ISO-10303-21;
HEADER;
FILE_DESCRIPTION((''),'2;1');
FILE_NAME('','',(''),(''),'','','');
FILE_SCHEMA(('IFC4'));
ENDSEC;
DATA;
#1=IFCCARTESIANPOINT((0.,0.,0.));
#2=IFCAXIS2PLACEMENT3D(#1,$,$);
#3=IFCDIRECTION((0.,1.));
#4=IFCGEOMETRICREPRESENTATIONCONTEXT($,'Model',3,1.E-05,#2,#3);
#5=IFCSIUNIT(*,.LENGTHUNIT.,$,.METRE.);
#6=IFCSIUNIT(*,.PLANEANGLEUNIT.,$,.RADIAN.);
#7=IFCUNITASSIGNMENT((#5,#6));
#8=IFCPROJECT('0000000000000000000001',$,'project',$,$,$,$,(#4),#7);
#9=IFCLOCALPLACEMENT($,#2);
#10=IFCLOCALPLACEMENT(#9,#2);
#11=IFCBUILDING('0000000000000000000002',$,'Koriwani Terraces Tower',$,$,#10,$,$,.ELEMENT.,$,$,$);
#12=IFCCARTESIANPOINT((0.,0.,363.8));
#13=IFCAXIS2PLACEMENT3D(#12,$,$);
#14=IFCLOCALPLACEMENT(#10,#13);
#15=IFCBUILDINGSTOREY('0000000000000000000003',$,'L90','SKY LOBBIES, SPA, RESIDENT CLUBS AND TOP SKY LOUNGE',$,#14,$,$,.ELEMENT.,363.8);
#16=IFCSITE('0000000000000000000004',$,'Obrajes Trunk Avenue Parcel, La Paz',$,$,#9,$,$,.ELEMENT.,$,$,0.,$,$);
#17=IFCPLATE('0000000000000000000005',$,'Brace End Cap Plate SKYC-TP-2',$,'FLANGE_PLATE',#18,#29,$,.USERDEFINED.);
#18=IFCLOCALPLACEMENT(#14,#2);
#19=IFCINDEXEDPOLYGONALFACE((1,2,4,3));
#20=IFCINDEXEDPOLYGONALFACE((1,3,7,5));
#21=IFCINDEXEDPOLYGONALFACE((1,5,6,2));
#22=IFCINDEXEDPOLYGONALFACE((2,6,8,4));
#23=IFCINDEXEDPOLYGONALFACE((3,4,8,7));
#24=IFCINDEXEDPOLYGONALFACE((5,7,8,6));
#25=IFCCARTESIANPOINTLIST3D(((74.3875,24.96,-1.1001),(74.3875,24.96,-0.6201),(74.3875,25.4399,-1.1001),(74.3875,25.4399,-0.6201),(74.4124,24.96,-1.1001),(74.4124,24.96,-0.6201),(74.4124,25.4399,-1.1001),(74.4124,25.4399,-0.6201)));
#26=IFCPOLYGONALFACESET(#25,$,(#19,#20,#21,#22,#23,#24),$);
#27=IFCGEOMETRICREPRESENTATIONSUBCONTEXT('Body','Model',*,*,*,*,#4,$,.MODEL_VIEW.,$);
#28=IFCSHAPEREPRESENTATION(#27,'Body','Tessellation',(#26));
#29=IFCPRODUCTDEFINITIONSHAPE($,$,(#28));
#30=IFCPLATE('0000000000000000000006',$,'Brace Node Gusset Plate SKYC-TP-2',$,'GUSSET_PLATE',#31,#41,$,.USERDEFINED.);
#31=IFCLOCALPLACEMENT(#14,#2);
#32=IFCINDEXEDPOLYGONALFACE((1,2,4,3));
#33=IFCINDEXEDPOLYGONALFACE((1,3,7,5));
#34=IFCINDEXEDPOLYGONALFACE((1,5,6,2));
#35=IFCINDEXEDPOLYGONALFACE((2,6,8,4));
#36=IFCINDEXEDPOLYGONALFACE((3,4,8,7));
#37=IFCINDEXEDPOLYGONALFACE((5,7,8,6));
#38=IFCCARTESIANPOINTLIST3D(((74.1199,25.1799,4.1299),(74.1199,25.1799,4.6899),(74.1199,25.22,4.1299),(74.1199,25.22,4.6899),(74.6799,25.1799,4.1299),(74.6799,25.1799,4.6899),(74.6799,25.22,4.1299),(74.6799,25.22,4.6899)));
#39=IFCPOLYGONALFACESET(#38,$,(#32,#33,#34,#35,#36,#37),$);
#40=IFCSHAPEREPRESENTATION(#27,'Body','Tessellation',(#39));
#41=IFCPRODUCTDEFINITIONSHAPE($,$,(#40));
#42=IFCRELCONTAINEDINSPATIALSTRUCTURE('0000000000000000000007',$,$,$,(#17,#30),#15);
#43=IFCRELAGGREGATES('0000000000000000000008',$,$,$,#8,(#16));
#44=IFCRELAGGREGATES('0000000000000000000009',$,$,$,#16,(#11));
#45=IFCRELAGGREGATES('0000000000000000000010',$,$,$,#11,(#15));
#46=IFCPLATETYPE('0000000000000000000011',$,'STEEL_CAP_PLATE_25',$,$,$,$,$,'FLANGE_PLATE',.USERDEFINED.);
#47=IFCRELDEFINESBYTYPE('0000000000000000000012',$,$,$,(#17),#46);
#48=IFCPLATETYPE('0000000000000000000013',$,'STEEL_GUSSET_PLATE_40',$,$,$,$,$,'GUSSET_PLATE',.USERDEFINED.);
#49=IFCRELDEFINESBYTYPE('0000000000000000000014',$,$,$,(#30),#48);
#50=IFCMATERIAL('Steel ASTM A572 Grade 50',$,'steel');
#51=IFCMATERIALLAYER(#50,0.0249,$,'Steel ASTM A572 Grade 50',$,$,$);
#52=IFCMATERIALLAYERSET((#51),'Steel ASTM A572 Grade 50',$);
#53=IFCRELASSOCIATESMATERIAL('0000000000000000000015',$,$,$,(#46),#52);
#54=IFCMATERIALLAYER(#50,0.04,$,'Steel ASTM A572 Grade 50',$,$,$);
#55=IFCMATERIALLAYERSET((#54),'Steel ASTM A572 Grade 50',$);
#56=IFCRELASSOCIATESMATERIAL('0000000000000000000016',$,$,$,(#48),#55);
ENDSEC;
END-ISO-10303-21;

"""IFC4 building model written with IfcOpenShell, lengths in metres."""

from ifc_helpers import new_model, si_unit, direction, frame, origin, origin_2d, place, context, subcontext, project, spatial, rectangle, extrude, material, layer, layer_set, type_object, element, save


model = new_model("IFC4")

# Units and contexts
model_context = context("Model", 3, precision=1e-05, world=origin(), true_north=direction((0.0, 1.0)))
body_context = subcontext(model_context, "Body", "Model", "MODEL_VIEW")
ifc_project = project(units=[si_unit("LENGTHUNIT", "METRE"), si_unit("PLANEANGLEUNIT", "RADIAN")], contexts=[model_context])

# Site, building, storey
site_placement = place(None, origin())
site = spatial("IfcSite", under=ifc_project, at=site_placement, Name="Obrajes Trunk Avenue Parcel, La Paz", CompositionType="ELEMENT", RefElevation=0.0)
building_placement = place(site_placement, origin())
building = spatial("IfcBuilding", under=site, at=building_placement, Name="Koriwani Terraces Tower", CompositionType="ELEMENT")
storey_placement = place(building_placement, frame((0.0, 0.0, 363.8)))
storey = spatial("IfcBuildingStorey", under=building, at=storey_placement, Name="L90", Description="SKY LOBBIES, SPA, RESIDENT CLUBS AND TOP SKY LOUNGE", CompositionType="ELEMENT", Elevation=363.8)

# Shared definitions
ifc_material_1 = material(Name="Steel ASTM A572 Grade 50", Category="steel")

# Plates
ifc_layer_1 = layer(ifc_material_1, 0.0249, Name="Steel ASTM A572 Grade 50")
ifc_layer_set_1 = layer_set([ifc_layer_1], Name="Steel ASTM A572 Grade 50")
plate_type_1 = type_object("IfcPlateType", Name="STEEL_CAP_PLATE_25", ElementType="FLANGE_PLATE", PredefinedType="USERDEFINED", material=ifc_layer_set_1)
plate_1_placement = place(storey_placement, frame((74.3999, 25.2, -1.1001), z_axis=(0.0, 0.0, 1.0), x_axis=(1.0, 0.0, 0.0)))
element("IfcPlate", 1, at=plate_1_placement, inside=storey, type_object=plate_type_1, Name="Brace End Cap Plate SKYC-TP-2", ObjectType="FLANGE_PLATE", PredefinedType="USERDEFINED", context=body_context, shape_type="SweptSolid", body=[
    extrude(rectangle(XDim=0.0249, YDim=0.48, at=origin_2d()), origin(), (0.0, 0.0, 1.0), 0.48),
])
ifc_layer_2 = layer(ifc_material_1, 0.04, Name="Steel ASTM A572 Grade 50")
ifc_layer_set_2 = layer_set([ifc_layer_2], Name="Steel ASTM A572 Grade 50")
plate_type_2 = type_object("IfcPlateType", Name="STEEL_GUSSET_PLATE_40", ElementType="GUSSET_PLATE", PredefinedType="USERDEFINED", material=ifc_layer_set_2)
plate_2_placement = place(storey_placement, frame((74.3999, 25.2, 4.1299), z_axis=(0.0, 0.0, 1.0), x_axis=(1.0, 0.0, 0.0)))
element("IfcPlate", 2, at=plate_2_placement, inside=storey, type_object=plate_type_2, Name="Brace Node Gusset Plate SKYC-TP-2", ObjectType="GUSSET_PLATE", PredefinedType="USERDEFINED", context=body_context, shape_type="SweptSolid", body=[
    extrude(rectangle(XDim=0.5601, YDim=0.04, at=origin_2d()), origin(), (0.0, 0.0, 1.0), 0.5601),
])

save(model, "model.ifc")
